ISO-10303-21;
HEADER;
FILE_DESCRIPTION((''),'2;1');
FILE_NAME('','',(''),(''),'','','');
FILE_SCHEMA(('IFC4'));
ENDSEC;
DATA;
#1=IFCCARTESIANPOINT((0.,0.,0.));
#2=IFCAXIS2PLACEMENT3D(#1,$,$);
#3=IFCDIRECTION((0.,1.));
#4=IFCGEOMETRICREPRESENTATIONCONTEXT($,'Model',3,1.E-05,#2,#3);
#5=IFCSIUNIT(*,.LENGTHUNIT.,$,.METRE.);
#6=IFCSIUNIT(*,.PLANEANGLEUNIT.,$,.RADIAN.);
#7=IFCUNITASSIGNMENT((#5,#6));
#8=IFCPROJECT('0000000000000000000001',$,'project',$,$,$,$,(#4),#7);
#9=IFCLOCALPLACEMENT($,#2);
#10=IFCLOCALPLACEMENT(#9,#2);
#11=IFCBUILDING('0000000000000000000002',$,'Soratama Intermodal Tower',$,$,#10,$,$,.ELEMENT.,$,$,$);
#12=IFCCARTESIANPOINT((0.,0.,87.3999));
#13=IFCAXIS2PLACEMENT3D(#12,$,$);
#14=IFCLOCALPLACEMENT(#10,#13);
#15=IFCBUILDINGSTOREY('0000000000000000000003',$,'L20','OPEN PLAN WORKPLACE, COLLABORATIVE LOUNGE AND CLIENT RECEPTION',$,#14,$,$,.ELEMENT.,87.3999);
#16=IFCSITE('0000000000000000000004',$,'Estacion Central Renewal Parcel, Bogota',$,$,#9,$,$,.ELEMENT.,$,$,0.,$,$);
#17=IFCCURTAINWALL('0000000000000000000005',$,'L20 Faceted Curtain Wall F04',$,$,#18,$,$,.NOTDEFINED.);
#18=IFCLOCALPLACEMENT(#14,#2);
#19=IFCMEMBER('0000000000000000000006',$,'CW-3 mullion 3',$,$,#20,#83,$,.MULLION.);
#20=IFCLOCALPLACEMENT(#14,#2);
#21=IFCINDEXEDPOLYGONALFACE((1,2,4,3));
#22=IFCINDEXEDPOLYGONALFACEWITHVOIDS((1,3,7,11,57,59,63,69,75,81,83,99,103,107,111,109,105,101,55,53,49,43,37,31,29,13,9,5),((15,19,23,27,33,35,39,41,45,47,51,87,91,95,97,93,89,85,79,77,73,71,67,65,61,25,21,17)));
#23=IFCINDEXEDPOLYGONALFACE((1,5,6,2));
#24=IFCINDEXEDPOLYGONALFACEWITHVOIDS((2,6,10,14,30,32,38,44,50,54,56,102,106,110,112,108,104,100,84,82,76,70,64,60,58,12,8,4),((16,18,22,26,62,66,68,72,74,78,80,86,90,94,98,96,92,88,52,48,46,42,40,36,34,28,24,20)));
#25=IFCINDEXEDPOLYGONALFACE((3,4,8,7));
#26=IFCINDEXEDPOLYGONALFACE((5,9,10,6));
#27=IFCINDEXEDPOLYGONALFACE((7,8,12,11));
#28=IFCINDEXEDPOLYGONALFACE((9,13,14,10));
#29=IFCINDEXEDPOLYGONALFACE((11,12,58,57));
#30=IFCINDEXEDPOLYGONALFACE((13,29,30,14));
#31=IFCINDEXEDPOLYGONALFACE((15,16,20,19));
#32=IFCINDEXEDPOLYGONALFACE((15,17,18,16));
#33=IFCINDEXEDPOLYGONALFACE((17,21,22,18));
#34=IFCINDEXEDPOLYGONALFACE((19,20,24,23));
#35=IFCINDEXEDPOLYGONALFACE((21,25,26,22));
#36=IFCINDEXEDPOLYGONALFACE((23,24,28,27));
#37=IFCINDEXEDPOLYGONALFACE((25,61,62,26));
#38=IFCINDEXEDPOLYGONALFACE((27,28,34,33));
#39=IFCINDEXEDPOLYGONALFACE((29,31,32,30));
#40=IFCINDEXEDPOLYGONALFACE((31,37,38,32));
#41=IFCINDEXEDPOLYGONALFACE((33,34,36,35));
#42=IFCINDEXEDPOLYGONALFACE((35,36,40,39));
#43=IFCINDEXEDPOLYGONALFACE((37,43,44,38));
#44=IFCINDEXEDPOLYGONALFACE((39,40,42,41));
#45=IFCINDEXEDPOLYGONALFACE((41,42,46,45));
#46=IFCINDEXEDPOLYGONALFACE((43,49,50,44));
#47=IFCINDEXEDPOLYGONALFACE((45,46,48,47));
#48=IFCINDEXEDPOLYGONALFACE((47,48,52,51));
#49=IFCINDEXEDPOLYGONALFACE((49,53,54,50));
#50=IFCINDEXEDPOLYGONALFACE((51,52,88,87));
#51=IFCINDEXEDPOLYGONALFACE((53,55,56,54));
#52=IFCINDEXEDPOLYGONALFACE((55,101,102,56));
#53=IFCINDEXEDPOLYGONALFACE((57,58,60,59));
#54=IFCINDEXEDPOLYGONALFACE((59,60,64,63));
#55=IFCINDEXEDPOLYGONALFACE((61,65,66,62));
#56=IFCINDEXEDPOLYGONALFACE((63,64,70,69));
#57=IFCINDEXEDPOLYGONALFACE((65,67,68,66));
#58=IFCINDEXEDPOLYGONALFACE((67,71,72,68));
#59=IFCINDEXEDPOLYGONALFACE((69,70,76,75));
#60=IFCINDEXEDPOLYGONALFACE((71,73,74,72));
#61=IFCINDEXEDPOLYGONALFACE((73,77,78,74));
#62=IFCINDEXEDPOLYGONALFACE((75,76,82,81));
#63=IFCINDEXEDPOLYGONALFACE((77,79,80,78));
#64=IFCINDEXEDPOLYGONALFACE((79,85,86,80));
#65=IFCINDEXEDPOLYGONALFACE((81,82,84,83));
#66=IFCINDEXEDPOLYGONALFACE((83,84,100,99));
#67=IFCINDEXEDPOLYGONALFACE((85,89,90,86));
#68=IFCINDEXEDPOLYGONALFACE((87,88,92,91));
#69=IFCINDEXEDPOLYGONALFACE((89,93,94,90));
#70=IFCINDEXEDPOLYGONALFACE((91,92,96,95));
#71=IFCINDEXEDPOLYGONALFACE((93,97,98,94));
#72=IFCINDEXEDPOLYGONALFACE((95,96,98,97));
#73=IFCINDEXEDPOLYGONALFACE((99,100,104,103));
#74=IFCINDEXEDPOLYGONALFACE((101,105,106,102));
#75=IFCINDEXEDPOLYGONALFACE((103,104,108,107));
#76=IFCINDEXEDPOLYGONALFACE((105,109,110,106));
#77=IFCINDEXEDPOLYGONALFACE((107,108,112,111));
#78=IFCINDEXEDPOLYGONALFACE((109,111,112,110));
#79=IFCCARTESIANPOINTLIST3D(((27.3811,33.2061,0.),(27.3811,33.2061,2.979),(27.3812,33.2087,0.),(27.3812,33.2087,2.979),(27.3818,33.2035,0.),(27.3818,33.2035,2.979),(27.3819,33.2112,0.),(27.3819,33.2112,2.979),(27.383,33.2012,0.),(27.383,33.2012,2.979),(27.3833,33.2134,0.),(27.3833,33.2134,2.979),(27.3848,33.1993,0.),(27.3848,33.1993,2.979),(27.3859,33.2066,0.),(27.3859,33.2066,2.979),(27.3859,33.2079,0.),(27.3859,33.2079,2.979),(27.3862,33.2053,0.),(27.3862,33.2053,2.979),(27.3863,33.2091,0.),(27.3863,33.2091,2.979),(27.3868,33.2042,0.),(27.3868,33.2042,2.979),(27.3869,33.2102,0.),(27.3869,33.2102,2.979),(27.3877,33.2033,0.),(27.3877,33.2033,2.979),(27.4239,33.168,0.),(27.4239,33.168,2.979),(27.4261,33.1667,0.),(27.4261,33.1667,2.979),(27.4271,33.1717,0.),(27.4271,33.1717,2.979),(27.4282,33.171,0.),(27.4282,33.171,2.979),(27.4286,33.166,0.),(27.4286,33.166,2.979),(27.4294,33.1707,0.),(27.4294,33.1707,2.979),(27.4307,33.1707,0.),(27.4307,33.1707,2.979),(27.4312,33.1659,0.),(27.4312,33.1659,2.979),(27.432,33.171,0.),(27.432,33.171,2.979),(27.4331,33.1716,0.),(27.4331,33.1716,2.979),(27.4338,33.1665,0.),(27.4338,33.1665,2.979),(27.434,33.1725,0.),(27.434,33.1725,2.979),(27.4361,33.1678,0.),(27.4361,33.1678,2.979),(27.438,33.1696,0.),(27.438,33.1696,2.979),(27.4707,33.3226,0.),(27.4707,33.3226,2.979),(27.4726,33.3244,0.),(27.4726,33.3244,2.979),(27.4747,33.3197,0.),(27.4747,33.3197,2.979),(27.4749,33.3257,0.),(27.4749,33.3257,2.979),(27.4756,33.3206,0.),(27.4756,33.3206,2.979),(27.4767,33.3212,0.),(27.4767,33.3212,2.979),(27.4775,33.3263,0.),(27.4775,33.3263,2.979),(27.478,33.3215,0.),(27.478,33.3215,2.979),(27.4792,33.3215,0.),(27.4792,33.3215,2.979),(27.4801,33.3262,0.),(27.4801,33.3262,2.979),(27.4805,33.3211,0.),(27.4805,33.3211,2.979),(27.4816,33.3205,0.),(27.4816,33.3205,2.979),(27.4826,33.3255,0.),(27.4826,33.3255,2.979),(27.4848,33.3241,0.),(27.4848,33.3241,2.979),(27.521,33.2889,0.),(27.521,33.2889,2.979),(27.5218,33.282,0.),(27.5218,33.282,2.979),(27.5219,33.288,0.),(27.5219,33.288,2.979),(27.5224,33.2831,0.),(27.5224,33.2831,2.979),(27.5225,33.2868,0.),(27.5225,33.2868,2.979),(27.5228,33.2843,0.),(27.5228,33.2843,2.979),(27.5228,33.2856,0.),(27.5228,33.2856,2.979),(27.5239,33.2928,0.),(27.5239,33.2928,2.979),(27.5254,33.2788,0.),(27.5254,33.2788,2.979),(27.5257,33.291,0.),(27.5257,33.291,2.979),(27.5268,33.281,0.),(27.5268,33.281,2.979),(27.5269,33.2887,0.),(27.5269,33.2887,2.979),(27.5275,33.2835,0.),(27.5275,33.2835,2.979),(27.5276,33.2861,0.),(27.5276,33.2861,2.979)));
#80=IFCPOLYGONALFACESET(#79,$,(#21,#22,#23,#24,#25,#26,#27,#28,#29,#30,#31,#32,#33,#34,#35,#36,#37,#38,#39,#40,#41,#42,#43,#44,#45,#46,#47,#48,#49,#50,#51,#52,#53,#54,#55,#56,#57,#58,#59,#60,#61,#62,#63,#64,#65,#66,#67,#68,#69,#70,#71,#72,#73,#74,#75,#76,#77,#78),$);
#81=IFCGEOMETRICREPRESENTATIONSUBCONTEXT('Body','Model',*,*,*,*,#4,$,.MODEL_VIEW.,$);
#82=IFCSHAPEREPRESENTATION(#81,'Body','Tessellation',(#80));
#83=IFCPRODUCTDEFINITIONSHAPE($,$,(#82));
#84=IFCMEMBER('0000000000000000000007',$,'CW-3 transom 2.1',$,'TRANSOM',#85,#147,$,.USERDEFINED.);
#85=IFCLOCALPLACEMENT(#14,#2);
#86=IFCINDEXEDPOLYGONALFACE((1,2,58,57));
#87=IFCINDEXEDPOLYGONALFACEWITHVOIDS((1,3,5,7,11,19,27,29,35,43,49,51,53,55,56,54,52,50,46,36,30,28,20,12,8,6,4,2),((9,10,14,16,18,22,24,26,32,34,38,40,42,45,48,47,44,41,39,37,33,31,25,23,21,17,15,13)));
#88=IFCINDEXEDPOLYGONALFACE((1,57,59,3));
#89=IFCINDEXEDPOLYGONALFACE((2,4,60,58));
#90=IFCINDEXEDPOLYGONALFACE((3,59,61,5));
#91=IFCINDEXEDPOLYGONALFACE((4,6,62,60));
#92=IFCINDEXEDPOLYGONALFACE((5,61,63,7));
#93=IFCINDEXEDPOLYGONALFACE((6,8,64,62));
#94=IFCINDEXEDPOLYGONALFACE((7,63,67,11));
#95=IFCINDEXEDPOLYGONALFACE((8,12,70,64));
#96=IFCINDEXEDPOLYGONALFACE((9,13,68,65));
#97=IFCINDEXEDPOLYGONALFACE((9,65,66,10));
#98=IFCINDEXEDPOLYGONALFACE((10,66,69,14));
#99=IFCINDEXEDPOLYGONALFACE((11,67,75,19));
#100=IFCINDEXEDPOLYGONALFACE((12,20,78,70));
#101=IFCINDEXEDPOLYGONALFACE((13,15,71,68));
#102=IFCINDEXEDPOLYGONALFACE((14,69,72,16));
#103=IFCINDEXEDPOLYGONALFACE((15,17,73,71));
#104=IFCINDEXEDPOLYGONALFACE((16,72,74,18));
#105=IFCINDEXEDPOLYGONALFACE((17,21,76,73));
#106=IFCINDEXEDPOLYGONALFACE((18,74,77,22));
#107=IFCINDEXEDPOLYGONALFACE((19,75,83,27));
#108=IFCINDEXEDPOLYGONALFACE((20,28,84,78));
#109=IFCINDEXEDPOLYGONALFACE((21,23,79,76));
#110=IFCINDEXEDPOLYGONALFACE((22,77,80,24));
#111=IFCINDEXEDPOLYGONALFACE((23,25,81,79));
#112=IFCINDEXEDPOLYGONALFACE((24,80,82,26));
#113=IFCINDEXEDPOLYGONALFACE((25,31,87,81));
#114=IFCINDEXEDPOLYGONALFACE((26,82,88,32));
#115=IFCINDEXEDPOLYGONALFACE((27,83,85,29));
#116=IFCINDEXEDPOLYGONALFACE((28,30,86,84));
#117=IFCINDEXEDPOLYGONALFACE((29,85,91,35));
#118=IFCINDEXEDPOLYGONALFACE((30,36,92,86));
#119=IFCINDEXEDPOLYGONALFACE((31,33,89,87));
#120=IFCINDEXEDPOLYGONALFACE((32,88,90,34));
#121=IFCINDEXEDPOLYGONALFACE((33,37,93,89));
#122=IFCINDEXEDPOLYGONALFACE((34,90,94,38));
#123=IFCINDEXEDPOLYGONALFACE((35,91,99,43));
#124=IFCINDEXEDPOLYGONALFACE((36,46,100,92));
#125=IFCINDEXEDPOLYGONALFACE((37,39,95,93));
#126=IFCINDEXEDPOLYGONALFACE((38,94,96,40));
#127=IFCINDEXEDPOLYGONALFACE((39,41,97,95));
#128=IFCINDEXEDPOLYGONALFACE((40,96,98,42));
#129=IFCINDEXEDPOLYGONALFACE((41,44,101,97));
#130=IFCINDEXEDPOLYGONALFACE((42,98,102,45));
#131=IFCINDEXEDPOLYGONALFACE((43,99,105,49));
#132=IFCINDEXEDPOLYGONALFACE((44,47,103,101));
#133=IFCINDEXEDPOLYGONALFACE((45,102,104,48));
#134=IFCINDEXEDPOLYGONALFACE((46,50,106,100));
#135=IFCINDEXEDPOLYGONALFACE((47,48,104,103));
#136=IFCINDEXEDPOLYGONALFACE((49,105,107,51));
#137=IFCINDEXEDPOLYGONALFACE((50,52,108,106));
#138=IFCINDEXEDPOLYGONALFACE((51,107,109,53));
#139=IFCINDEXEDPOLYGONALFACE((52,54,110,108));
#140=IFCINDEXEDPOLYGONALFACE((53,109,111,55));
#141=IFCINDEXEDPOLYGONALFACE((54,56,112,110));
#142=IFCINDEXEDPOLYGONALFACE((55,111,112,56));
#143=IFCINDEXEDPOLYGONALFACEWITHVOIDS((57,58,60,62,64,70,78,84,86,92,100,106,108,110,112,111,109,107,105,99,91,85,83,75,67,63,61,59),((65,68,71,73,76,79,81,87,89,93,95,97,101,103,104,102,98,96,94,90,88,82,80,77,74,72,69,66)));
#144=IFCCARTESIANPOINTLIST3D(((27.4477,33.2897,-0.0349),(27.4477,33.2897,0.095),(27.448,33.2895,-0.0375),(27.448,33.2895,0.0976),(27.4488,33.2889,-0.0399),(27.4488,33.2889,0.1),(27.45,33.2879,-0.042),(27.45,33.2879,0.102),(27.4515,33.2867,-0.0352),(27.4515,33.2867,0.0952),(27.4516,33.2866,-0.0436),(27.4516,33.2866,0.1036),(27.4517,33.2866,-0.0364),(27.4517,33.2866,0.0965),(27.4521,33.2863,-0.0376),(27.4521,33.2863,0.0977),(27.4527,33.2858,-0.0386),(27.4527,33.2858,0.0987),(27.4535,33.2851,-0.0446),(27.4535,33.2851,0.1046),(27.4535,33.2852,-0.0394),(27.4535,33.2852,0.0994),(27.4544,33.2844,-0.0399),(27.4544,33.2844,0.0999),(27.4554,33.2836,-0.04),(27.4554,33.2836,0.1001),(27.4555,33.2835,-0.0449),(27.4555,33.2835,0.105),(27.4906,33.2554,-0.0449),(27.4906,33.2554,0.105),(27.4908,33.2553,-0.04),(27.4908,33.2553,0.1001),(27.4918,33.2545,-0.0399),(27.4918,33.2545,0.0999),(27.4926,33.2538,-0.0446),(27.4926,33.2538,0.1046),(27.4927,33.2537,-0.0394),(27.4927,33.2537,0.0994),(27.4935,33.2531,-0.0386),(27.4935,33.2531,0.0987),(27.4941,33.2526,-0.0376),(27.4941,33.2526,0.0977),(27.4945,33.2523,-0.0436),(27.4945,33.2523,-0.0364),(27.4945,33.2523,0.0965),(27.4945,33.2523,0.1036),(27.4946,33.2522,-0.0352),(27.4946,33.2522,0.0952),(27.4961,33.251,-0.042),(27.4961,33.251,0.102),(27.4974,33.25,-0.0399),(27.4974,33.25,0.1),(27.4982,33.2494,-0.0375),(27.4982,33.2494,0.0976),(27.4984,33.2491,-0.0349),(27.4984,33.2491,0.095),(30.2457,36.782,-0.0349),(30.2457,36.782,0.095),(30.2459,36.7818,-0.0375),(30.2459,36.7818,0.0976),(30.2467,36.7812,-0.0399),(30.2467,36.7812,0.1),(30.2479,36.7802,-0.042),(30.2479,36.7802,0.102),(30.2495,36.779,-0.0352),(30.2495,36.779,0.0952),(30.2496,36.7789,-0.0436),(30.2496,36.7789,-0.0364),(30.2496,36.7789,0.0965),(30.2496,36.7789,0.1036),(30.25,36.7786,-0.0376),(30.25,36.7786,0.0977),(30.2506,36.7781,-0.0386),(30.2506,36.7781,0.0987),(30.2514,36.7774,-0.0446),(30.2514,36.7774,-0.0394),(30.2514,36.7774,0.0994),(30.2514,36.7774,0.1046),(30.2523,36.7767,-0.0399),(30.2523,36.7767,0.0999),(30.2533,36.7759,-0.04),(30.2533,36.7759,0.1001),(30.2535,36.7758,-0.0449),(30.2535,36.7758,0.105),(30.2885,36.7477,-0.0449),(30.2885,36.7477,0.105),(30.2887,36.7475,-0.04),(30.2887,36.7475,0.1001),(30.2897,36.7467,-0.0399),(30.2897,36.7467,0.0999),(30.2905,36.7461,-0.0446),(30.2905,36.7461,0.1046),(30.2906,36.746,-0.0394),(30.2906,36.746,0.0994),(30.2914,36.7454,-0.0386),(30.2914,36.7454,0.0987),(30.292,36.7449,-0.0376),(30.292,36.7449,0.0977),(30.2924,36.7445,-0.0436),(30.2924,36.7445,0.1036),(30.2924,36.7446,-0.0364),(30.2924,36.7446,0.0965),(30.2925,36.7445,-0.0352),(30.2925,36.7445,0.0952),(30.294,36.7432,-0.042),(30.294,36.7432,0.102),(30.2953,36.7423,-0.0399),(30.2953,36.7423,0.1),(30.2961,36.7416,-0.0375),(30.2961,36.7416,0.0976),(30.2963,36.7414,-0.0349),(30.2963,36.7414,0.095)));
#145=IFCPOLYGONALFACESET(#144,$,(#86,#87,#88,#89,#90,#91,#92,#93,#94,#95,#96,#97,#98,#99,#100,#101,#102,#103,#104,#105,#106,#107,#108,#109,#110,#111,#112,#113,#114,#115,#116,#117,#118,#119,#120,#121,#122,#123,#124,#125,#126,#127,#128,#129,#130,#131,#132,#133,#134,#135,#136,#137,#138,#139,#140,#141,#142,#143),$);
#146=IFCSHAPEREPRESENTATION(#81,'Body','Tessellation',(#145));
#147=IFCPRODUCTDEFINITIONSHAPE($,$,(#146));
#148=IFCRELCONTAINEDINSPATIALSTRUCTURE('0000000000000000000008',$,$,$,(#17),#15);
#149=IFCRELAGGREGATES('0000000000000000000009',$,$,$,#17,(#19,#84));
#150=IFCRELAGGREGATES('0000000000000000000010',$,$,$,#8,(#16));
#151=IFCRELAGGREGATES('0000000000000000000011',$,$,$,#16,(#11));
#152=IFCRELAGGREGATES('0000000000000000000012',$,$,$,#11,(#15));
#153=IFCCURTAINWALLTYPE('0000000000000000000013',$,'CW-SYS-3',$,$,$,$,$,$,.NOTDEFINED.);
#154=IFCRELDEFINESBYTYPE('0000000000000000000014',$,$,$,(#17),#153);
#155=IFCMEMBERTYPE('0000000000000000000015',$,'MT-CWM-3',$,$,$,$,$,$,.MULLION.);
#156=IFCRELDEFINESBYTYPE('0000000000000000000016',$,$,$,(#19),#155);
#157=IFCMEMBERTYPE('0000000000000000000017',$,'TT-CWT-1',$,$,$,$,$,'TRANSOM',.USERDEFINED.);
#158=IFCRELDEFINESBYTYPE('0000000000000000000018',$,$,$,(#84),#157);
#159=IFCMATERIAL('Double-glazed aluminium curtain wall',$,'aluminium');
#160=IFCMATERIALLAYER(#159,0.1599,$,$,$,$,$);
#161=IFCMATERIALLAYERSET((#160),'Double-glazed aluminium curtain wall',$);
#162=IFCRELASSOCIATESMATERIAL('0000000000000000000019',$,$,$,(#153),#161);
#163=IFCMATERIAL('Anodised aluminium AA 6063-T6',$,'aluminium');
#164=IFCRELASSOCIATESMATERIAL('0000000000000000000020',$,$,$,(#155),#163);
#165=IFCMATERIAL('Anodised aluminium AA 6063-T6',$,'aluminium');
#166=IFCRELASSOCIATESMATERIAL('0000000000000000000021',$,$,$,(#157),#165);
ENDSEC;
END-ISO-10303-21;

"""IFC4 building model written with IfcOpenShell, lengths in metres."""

from ifc_helpers import new_model, si_unit, direction, frame, origin, origin_2d, place, context, subcontext, project, spatial, hollow_rectangle, extrude, material, layer, layer_set, material_profile, profile_set, type_object, element, aggregate, save


model = new_model("IFC4")

# Units and contexts
model_context = context("Model", 3, precision=1e-05, world=origin(), true_north=direction((0.0, 1.0)))
body_context = subcontext(model_context, "Body", "Model", "MODEL_VIEW")
ifc_project = project(units=[si_unit("LENGTHUNIT", "METRE"), si_unit("PLANEANGLEUNIT", "RADIAN")], contexts=[model_context])

# Site, building, storey
site_placement = place(None, origin())
site = spatial("IfcSite", under=ifc_project, at=site_placement, Name="Estacion Central Renewal Parcel, Bogota", CompositionType="ELEMENT", RefElevation=0.0)
building_placement = place(site_placement, origin())
building = spatial("IfcBuilding", under=site, at=building_placement, Name="Soratama Intermodal Tower", CompositionType="ELEMENT")
storey_placement = place(building_placement, frame((0.0, 0.0, 87.3999)))
storey = spatial("IfcBuildingStorey", under=building, at=storey_placement, Name="L20", Description="OPEN PLAN WORKPLACE, COLLABORATIVE LOUNGE AND CLIENT RECEPTION", CompositionType="ELEMENT", Elevation=87.3999)

# Curtain wall, members
ifc_material_1 = material(Name="Double-glazed aluminium curtain wall", Category="aluminium")
ifc_layer_1 = layer(ifc_material_1, 0.1599)
ifc_layer_set_1 = layer_set([ifc_layer_1], Name="Double-glazed aluminium curtain wall")
curtain_wall_type = type_object("IfcCurtainWallType", Name="CW-SYS-3", PredefinedType="NOTDEFINED", material=ifc_layer_set_1)
curtain_wall_placement = place(storey_placement, origin())
curtain_wall = element("IfcCurtainWall", 1, at=curtain_wall_placement, inside=storey, type_object=curtain_wall_type, Name="L20 Faceted Curtain Wall F04", PredefinedType="NOTDEFINED")
ifc_material_2 = material(Name="Anodised aluminium AA 6063-T6", Category="aluminium")
ifc_material_profile_1 = material_profile(ifc_material_2, hollow_rectangle(XDim=0.0701, YDim=0.1599, WallThickness=0.0049, InnerFilletRadius=0.0049, OuterFilletRadius=0.01, at=origin_2d()), Name="CWM160X70X5")
ifc_profile_set_1 = profile_set([ifc_material_profile_1], Name="Anodised aluminium AA 6063-T6")
member_type_1 = type_object("IfcMemberType", Name="MT-CWM-3", PredefinedType="MULLION", material=ifc_profile_set_1)
member_1_placement = place(storey_placement, frame((27.4543, 33.2461, 0.0), z_axis=(0.0, 0.0, 1.0), x_axis=(0.780432, -0.625241, 0.0)))
member_1 = element("IfcMember", 2, at=member_1_placement, type_object=member_type_1, Name="CW-3 mullion 3", PredefinedType="MULLION", context=body_context, shape_type="SweptSolid", body=[
    extrude(hollow_rectangle(XDim=0.0701, YDim=0.1599, WallThickness=0.0049, InnerFilletRadius=0.0049, OuterFilletRadius=0.01, at=origin_2d()), origin(), (0.0, 0.0, 1.0), 2.979),
])
ifc_material_3 = material(Name="Anodised aluminium AA 6063-T6", Category="aluminium")
ifc_material_profile_2 = material_profile(ifc_material_3, hollow_rectangle(XDim=0.0649, YDim=0.1499, WallThickness=0.0049, InnerFilletRadius=0.0049, OuterFilletRadius=0.01, at=origin_2d()), Name="CWT150X65X5")
ifc_profile_set_2 = profile_set([ifc_material_profile_2], Name="Anodised aluminium AA 6063-T6")
member_type_2 = type_object("IfcMemberType", Name="TT-CWT-1", ElementType="TRANSOM", PredefinedType="USERDEFINED", material=ifc_profile_set_2)
member_2_placement = place(storey_placement, frame((30.271, 36.7617, 0.03), z_axis=(-0.625254, -0.780421, 0.0), x_axis=(0.780421, -0.625254, 0.0)))
member_2 = element("IfcMember", 3, at=member_2_placement, type_object=member_type_2, Name="CW-3 transom 2.1", ObjectType="TRANSOM", PredefinedType="USERDEFINED", context=body_context, shape_type="SweptSolid", body=[
    extrude(hollow_rectangle(XDim=0.0649, YDim=0.1499, WallThickness=0.0049, InnerFilletRadius=0.0049, OuterFilletRadius=0.01, at=origin_2d()), origin(), (0.0, 0.0, 1.0), 4.4749),
])
aggregate(curtain_wall, [member_1, member_2])

save(model, "model.ifc")
